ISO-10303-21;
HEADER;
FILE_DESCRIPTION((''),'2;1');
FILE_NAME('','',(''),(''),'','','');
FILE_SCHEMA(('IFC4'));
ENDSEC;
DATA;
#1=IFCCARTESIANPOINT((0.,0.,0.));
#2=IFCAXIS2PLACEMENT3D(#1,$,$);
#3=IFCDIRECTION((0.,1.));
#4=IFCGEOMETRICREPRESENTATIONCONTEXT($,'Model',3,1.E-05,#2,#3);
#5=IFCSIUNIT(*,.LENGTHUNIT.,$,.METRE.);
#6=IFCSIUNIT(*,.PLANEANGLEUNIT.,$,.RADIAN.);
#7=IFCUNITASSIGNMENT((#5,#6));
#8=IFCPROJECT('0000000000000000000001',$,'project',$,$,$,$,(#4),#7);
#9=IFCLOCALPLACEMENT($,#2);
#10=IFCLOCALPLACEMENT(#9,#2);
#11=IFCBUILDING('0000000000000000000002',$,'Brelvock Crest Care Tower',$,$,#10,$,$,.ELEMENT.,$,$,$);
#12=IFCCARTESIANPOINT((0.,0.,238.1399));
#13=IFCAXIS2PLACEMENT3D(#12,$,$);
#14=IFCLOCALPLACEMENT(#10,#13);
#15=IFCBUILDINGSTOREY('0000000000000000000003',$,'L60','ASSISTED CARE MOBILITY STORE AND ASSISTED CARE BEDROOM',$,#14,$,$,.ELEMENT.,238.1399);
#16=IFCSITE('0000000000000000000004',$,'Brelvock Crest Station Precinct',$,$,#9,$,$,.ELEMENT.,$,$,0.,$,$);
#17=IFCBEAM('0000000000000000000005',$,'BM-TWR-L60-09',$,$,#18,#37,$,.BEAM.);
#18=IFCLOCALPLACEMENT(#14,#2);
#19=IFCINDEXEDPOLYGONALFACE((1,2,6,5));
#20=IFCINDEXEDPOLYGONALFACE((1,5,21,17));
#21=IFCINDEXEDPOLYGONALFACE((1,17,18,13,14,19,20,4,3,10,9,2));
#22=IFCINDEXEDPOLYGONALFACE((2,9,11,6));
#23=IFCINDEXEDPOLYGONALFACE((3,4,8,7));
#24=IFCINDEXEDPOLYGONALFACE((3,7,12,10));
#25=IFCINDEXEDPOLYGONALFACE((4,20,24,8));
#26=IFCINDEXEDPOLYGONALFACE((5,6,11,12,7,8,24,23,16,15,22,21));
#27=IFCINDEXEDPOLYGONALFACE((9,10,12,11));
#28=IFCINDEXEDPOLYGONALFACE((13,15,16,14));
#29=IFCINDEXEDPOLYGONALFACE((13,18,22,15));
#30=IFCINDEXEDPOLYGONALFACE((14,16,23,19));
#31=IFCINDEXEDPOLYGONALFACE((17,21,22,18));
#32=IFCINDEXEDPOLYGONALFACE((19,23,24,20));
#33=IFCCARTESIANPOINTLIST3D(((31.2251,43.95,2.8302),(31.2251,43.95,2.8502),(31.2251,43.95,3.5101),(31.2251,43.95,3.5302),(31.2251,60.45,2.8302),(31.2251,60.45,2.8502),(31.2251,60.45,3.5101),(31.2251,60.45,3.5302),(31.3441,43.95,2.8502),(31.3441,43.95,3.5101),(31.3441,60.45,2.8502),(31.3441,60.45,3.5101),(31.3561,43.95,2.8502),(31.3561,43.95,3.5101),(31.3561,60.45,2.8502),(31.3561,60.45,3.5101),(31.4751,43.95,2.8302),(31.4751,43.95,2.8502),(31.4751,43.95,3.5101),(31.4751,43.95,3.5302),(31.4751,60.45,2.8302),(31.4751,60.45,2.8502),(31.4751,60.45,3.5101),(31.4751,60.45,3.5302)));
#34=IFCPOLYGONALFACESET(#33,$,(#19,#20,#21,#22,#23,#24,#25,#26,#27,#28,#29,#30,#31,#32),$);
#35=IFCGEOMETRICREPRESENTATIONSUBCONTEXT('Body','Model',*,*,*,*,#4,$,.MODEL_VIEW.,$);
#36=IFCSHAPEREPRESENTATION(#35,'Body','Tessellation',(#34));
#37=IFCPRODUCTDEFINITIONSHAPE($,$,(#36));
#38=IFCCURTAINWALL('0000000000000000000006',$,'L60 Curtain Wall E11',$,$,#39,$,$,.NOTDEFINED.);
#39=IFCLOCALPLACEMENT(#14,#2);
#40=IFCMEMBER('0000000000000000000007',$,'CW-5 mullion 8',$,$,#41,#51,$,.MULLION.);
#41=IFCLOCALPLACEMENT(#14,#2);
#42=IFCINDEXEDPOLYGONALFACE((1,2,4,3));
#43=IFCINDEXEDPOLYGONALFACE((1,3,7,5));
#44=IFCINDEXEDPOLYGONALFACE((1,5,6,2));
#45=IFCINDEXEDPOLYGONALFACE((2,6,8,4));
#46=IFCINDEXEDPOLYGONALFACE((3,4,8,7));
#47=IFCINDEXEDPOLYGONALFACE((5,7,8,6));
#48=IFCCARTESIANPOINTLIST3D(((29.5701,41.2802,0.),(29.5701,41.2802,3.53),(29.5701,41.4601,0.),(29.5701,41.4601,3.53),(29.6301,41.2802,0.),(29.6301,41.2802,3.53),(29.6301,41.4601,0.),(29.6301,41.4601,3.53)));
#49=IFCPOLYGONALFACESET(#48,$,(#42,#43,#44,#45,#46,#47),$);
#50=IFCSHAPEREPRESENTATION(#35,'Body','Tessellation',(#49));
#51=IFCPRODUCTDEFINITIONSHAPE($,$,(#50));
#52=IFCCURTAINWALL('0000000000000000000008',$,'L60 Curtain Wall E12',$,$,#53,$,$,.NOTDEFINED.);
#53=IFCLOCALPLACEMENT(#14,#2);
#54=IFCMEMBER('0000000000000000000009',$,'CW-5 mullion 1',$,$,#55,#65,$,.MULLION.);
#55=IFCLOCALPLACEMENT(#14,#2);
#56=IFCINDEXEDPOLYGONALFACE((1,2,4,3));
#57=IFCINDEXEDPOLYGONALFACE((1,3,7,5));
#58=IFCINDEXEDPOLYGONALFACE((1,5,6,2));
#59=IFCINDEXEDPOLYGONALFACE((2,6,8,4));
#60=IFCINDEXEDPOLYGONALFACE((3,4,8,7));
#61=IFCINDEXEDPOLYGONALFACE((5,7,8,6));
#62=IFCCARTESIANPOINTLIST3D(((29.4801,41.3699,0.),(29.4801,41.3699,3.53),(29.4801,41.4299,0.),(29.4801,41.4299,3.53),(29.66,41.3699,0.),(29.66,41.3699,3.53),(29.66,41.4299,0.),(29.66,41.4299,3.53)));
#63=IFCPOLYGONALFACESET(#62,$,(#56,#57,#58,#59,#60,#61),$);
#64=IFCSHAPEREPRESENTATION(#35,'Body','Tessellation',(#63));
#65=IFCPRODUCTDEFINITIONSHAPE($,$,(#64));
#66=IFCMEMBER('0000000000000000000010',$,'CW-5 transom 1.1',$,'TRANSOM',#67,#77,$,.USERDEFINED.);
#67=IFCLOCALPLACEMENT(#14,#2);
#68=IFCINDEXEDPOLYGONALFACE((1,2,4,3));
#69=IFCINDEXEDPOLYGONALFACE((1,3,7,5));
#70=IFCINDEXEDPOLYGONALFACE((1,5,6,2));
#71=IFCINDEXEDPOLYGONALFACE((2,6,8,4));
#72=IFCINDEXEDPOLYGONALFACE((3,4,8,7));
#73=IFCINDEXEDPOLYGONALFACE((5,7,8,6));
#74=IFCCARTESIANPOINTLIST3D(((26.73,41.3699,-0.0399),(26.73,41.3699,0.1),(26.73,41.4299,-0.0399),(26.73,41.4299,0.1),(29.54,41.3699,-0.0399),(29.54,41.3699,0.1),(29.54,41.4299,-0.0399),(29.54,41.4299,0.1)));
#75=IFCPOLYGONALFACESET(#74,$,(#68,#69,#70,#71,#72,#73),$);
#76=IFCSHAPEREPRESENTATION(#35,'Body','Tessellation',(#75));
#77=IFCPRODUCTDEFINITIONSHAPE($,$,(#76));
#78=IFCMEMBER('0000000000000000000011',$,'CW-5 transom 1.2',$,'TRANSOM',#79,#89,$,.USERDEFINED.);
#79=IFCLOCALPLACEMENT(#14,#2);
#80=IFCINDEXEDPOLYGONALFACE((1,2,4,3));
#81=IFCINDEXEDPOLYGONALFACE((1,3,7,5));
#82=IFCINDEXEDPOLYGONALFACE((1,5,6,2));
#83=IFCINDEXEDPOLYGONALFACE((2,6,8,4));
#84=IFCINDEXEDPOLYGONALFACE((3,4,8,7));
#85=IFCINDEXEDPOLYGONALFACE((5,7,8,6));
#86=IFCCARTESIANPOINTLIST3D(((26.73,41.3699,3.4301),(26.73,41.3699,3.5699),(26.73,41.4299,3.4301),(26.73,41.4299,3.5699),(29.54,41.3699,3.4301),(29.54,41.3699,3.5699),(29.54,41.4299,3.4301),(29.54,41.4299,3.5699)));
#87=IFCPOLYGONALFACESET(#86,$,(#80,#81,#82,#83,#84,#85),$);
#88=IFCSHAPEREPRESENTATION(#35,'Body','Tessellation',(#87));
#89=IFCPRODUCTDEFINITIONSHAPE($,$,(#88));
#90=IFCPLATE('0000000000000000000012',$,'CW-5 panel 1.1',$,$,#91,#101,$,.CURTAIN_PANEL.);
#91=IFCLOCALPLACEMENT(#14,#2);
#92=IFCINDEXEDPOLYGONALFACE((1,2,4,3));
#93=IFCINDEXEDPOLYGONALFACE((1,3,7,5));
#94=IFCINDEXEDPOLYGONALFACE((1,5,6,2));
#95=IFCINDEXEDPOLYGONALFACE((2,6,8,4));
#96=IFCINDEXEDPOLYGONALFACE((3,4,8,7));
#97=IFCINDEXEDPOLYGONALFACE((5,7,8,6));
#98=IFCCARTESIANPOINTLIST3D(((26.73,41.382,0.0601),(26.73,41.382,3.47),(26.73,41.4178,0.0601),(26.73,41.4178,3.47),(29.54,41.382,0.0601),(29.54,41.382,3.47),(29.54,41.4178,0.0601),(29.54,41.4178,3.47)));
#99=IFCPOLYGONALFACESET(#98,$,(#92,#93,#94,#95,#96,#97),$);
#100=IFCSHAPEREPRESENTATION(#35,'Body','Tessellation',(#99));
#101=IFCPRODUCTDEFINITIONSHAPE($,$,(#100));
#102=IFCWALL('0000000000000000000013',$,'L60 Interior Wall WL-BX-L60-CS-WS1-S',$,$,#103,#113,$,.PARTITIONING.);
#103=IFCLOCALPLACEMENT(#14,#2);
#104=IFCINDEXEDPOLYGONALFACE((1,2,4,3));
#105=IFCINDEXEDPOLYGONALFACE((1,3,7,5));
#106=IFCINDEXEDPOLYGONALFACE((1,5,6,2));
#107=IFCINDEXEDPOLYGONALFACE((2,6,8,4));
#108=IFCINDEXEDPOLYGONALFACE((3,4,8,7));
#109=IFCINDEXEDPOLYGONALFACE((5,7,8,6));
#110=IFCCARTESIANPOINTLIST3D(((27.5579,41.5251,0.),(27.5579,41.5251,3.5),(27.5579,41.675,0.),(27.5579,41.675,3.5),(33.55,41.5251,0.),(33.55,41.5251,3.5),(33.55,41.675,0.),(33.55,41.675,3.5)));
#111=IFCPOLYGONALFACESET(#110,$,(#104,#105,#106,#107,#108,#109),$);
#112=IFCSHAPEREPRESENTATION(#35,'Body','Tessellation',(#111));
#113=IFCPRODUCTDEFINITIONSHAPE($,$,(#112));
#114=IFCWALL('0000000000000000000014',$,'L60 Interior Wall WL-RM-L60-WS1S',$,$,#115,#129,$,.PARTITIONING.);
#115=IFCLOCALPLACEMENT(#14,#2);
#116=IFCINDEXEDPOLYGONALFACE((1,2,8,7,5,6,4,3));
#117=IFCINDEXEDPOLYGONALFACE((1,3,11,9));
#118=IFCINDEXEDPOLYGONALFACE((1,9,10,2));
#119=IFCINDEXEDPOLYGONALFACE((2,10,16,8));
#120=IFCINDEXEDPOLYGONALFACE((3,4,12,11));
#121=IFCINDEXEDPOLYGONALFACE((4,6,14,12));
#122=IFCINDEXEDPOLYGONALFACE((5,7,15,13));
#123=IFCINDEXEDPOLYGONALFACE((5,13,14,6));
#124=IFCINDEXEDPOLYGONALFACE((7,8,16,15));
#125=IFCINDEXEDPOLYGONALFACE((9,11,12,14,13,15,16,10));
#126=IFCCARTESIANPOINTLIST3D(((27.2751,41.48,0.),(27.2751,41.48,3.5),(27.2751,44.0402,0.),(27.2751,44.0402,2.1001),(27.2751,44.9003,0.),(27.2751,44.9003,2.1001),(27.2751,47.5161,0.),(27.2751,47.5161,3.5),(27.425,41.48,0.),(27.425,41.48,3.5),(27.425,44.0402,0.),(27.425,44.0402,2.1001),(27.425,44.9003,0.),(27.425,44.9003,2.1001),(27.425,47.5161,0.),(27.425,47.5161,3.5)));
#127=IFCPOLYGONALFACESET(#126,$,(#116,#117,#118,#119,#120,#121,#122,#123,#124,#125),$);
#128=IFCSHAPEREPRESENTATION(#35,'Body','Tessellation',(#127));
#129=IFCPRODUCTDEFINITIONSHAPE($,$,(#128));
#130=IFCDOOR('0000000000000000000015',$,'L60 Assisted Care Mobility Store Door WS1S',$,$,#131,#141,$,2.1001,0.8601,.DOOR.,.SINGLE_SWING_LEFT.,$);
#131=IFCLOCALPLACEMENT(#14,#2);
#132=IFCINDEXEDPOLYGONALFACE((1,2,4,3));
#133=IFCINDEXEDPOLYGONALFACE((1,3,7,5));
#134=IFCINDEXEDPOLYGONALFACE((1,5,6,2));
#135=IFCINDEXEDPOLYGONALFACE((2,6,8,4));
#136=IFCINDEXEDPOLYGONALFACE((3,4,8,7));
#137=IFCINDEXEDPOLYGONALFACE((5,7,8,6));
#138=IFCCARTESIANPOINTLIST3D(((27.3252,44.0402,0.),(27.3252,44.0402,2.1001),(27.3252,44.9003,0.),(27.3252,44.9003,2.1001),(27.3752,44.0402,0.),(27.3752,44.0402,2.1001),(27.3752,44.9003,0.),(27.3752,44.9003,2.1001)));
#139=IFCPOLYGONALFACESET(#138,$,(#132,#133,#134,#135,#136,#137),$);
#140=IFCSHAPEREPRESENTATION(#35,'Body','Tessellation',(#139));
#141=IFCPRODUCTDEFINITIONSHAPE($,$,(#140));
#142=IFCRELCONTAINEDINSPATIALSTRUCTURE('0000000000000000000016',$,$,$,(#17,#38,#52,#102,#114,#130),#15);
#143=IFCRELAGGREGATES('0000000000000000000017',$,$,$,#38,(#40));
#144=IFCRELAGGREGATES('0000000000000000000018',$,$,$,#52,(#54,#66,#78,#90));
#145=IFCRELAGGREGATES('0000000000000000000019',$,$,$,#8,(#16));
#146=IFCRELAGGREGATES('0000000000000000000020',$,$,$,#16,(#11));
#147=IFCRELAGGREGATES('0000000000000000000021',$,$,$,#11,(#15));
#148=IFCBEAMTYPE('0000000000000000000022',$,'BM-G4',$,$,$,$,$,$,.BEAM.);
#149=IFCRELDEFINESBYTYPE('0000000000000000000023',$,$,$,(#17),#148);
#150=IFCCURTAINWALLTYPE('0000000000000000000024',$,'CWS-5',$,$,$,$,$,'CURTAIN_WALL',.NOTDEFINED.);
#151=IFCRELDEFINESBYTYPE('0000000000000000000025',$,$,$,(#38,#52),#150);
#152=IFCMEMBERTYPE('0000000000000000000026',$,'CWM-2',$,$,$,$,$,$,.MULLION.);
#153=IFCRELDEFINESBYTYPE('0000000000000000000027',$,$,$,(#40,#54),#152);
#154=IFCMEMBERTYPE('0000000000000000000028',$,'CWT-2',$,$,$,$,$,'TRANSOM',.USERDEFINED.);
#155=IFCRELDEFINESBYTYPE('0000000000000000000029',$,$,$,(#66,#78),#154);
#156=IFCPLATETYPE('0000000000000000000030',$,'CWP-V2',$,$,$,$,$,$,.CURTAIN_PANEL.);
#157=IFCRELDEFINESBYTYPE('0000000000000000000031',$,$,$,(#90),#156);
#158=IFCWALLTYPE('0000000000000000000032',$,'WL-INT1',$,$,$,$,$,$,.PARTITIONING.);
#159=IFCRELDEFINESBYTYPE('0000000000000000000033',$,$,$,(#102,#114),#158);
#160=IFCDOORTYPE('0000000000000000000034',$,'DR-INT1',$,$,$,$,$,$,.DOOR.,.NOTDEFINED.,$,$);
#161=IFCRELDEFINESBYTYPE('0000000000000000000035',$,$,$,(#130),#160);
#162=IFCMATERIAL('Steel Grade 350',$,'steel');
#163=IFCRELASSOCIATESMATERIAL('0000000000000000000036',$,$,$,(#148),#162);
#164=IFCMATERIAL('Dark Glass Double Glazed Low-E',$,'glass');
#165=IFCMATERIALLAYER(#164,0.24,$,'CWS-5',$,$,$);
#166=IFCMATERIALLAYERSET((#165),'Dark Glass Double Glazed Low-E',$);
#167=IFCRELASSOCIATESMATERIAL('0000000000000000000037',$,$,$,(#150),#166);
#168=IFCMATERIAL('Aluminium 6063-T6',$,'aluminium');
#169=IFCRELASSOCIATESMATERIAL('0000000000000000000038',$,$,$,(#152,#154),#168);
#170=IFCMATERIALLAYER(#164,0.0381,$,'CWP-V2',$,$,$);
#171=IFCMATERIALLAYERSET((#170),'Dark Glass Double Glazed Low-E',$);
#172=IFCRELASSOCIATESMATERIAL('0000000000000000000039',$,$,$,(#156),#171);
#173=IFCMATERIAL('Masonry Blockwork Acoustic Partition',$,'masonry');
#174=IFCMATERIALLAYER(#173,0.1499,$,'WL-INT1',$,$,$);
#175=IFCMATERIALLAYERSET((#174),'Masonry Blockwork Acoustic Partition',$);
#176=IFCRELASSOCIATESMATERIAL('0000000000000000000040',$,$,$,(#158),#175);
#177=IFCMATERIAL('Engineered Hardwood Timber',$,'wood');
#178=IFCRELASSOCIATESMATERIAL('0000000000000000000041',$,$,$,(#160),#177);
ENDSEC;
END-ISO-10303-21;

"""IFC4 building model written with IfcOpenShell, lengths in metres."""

from ifc_helpers import new_model, si_unit, direction, frame, frame_2d, origin, origin_2d, place, context, subcontext, project, spatial, rectangle, i_section, extrude, source, transform, mapped, material, layer, layer_set, material_profile, profile_set, type_object, element, fill, aggregate, save


model = new_model("IFC4")

# Units and contexts
model_context = context("Model", 3, precision=1e-05, world=origin(), true_north=direction((0.0, 1.0)))
body_context = subcontext(model_context, "Body", "Model", "MODEL_VIEW")
ifc_project = project(units=[si_unit("LENGTHUNIT", "METRE"), si_unit("PLANEANGLEUNIT", "RADIAN")], contexts=[model_context])

# Site, building, storey
site_placement = place(None, origin())
site = spatial("IfcSite", under=ifc_project, at=site_placement, Name="Brelvock Crest Station Precinct", CompositionType="ELEMENT", RefElevation=0.0)
building_placement = place(site_placement, origin())
building = spatial("IfcBuilding", under=site, at=building_placement, Name="Brelvock Crest Care Tower", CompositionType="ELEMENT")
storey_placement = place(building_placement, frame((0.0, 0.0, 238.1399)))
storey = spatial("IfcBuildingStorey", under=building, at=storey_placement, Name="L60", Description="ASSISTED CARE MOBILITY STORE AND ASSISTED CARE BEDROOM", CompositionType="ELEMENT", Elevation=238.1399)

# Shared definitions
ifc_material_1 = material(Name="Steel Grade 350", Category="steel")

# Beam
ifc_material_profile_1 = material_profile(ifc_material_1, i_section(OverallWidth=0.25, OverallDepth=0.7, WebThickness=0.012, FlangeThickness=0.02, at=origin_2d()), Name="700WB150")
ifc_profile_set_1 = profile_set([ifc_material_profile_1], Name="Steel Grade 350")
beam_type_1 = type_object("IfcBeamType", Name="BM-G4", PredefinedType="BEAM", material=ifc_profile_set_1)
shared_shape_1 = source(origin(), body_context, "Body", "SweptSolid", [
    extrude(i_section(OverallWidth=0.25, OverallDepth=0.7, WebThickness=0.012, FlangeThickness=0.02, at=origin_2d()), origin(), (0.0, 0.0, 1.0), 16.5),
])
beam_1_placement = place(storey_placement, frame((31.3501, 43.95, 3.1802), z_axis=(0.0, 1.0, 0.0), x_axis=(-1.0, 0.0, 0.0)))
element("IfcBeam", 1, at=beam_1_placement, inside=storey, type_object=beam_type_1, Name="BM-TWR-L60-09", PredefinedType="BEAM", context=body_context, shape_type="MappedRepresentation", body=[
    mapped(shared_shape_1, transform((0.0, 0.0, 0.0), x_axis=(1.0, 0.0, 0.0), y_axis=(0.0, 1.0, 0.0), z_axis=(0.0, 0.0, 1.0), scale=1.0)),
])

# Curtain wall, member
ifc_material_2 = material(Name="Dark Glass Double Glazed Low-E", Category="glass")
ifc_layer_1 = layer(ifc_material_2, 0.24, Name="CWS-5")
ifc_layer_set_1 = layer_set([ifc_layer_1], Name="Dark Glass Double Glazed Low-E")
curtain_wall_type = type_object("IfcCurtainWallType", Name="CWS-5", ElementType="CURTAIN_WALL", PredefinedType="NOTDEFINED", material=ifc_layer_set_1)
curtain_wall_1_placement = place(storey_placement, origin())
curtain_wall_1 = element("IfcCurtainWall", 2, at=curtain_wall_1_placement, inside=storey, type_object=curtain_wall_type, Name="L60 Curtain Wall E11", PredefinedType="NOTDEFINED")
ifc_material_3 = material(Name="Aluminium 6063-T6", Category="aluminium")
ifc_material_profile_2 = material_profile(ifc_material_3, rectangle(XDim=0.0601, YDim=0.1799, at=origin_2d()), Name="ALU60x180")
ifc_profile_set_2 = profile_set([ifc_material_profile_2], Name="Aluminium 6063-T6")
member_type_1 = type_object("IfcMemberType", Name="CWM-2", PredefinedType="MULLION", material=ifc_profile_set_2)
shared_shape_2 = source(origin(), body_context, "Body", "SweptSolid", [
    extrude(rectangle(XDim=0.0601, YDim=0.1799, at=origin_2d()), origin(), (0.0, 0.0, 1.0), 3.53),
])
member_1_placement = place(storey_placement, frame((29.6001, 41.3701, 0.0), z_axis=(0.0, 0.0, 1.0), x_axis=(-1.0, 0.0, 0.0)))
member_1 = element("IfcMember", 3, at=member_1_placement, type_object=member_type_1, Name="CW-5 mullion 8", PredefinedType="MULLION", context=body_context, shape_type="MappedRepresentation", body=[
    mapped(shared_shape_2, transform((0.0, 0.0, 0.0), x_axis=(1.0, 0.0, 0.0), y_axis=(0.0, 1.0, 0.0), z_axis=(0.0, 0.0, 1.0), scale=1.0)),
])
aggregate(curtain_wall_1, [member_1])

# Curtain wall, members, plate
curtain_wall_2_placement = place(storey_placement, origin())
curtain_wall_2 = element("IfcCurtainWall", 4, at=curtain_wall_2_placement, inside=storey, type_object=curtain_wall_type, Name="L60 Curtain Wall E12", PredefinedType="NOTDEFINED")
member_2_placement = place(storey_placement, frame((29.5701, 41.3999, 0.0), z_axis=(0.0, 0.0, 1.0), x_axis=(0.0, -1.0, 0.0)))
member_2 = element("IfcMember", 5, at=member_2_placement, type_object=member_type_1, Name="CW-5 mullion 1", PredefinedType="MULLION", context=body_context, shape_type="MappedRepresentation", body=[
    mapped(shared_shape_2, transform((0.0, 0.0, 0.0), x_axis=(1.0, 0.0, 0.0), y_axis=(0.0, 1.0, 0.0), z_axis=(0.0, 0.0, 1.0), scale=1.0)),
])
ifc_material_profile_3 = material_profile(ifc_material_3, rectangle(XDim=0.0601, YDim=0.1399, at=origin_2d()), Name="ALU60x140")
ifc_profile_set_3 = profile_set([ifc_material_profile_3], Name="Aluminium 6063-T6")
member_type_2 = type_object("IfcMemberType", Name="CWT-2", ElementType="TRANSOM", PredefinedType="USERDEFINED", material=ifc_profile_set_3)
shared_shape_3 = source(origin(), body_context, "Body", "SweptSolid", [
    extrude(rectangle(XDim=0.0601, YDim=0.1399, at=origin_2d()), origin(), (0.0, 0.0, 1.0), 2.8101),
])
member_3_placement = place(storey_placement, frame((29.54, 41.3999, 0.03), z_axis=(-1.0, 0.0, 0.0), x_axis=(0.0, -1.0, 0.0)))
member_3 = element("IfcMember", 6, at=member_3_placement, type_object=member_type_2, Name="CW-5 transom 1.1", ObjectType="TRANSOM", PredefinedType="USERDEFINED", context=body_context, shape_type="MappedRepresentation", body=[
    mapped(shared_shape_3, transform((0.0, 0.0, 0.0), x_axis=(1.0, 0.0, 0.0), y_axis=(0.0, 1.0, 0.0), z_axis=(0.0, 0.0, 1.0), scale=1.0)),
])
member_4_placement = place(storey_placement, frame((29.54, 41.3999, 3.5), z_axis=(-1.0, 0.0, 0.0), x_axis=(0.0, -1.0, 0.0)))
member_4 = element("IfcMember", 7, at=member_4_placement, type_object=member_type_2, Name="CW-5 transom 1.2", ObjectType="TRANSOM", PredefinedType="USERDEFINED", context=body_context, shape_type="MappedRepresentation", body=[
    mapped(shared_shape_3, transform((0.0, 0.0, 0.0), x_axis=(1.0, 0.0, 0.0), y_axis=(0.0, 1.0, 0.0), z_axis=(0.0, 0.0, 1.0), scale=1.0)),
])
ifc_layer_2 = layer(ifc_material_2, 0.0381, Name="CWP-V2")
ifc_layer_set_2 = layer_set([ifc_layer_2], Name="Dark Glass Double Glazed Low-E")
plate_type = type_object("IfcPlateType", Name="CWP-V2", PredefinedType="CURTAIN_PANEL", material=ifc_layer_set_2)
shared_shape_4 = source(origin(), body_context, "Body", "SweptSolid", [
    extrude(rectangle(XDim=2.8101, YDim=0.0359, at=origin_2d()), origin(), (0.0, 0.0, 1.0), 3.4099),
])
plate_placement = place(storey_placement, frame((28.135, 41.3999, 0.0601), z_axis=(0.0, 0.0, 1.0), x_axis=(-1.0, 0.0, 0.0)))
plate = element("IfcPlate", 8, at=plate_placement, type_object=plate_type, Name="CW-5 panel 1.1", PredefinedType="CURTAIN_PANEL", context=body_context, shape_type="MappedRepresentation", body=[
    mapped(shared_shape_4, transform((0.0, 0.0, 0.0), x_axis=(1.0, 0.0, 0.0), y_axis=(0.0, 1.0, 0.0), z_axis=(0.0, 0.0, 1.0), scale=1.0)),
])
aggregate(curtain_wall_2, [member_2, member_3, member_4, plate])

# Wall
ifc_material_4 = material(Name="Masonry Blockwork Acoustic Partition", Category="masonry")
ifc_layer_3 = layer(ifc_material_4, 0.1499, Name="WL-INT1")
ifc_layer_set_3 = layer_set([ifc_layer_3], Name="Masonry Blockwork Acoustic Partition")
wall_type_1 = type_object("IfcWallType", Name="WL-INT1", PredefinedType="PARTITIONING", material=ifc_layer_set_3)
wall_1_placement = place(storey_placement, frame((27.5579, 41.6001, 0.0), z_axis=(0.0, 0.0, 1.0), x_axis=(1.0, 0.0, 0.0)))
element("IfcWall", 9, at=wall_1_placement, inside=storey, type_object=wall_type_1, Name="L60 Interior Wall WL-BX-L60-CS-WS1-S", PredefinedType="PARTITIONING", context=body_context, shape_type="SweptSolid", body=[
    extrude(rectangle(XDim=5.9922, YDim=0.1499, at=frame_2d((2.9961, 0.0))), origin(), (0.0, 0.0, 1.0), 3.5),
])

# Wall, opening, door
wall_2_placement = place(storey_placement, frame((27.3501, 41.48, 0.0), z_axis=(0.0, 0.0, 1.0), x_axis=(0.0, 1.0, 0.0)))
wall_2 = element("IfcWall", 10, at=wall_2_placement, inside=storey, type_object=wall_type_1, Name="L60 Interior Wall WL-RM-L60-WS1S", PredefinedType="PARTITIONING", context=body_context, shape_type="SweptSolid", body=[
    extrude(rectangle(XDim=6.0361, YDim=0.1499, at=frame_2d((3.0181, 0.0))), origin(), (0.0, 0.0, 1.0), 3.5),
])
opening_1_placement = place(wall_2_placement, frame((2.5601, 0.0, 0.0)))
opening_1 = element("IfcOpeningElement", 11, at=opening_1_placement, cuts=wall_2, PredefinedType="OPENING", context=body_context, shape_type="SweptSolid", body=[
    extrude(rectangle(XDim=0.8601, YDim=2.1001, at=origin_2d()), frame((0.4302, 0.085, 1.05), z_axis=(0.0, -1.0, 0.0), x_axis=(1.0, 0.0, 0.0)), (0.0, 0.0, 1.0), 0.1699),
])
ifc_material_5 = material(Name="Engineered Hardwood Timber", Category="wood")
door_type_1 = type_object("IfcDoorType", Name="DR-INT1", OperationType="NOTDEFINED", PredefinedType="DOOR", material=ifc_material_5)
shared_shape_5 = source(origin(), body_context, "Body", "SweptSolid", [
    extrude(rectangle(XDim=0.8601, YDim=2.1001, at=origin_2d()), frame((0.4302, 0.0249, 1.05), z_axis=(0.0, -1.0, 0.0), x_axis=(1.0, 0.0, 0.0)), (0.0, 0.0, 1.0), 0.05),
])
door_1_placement = place(opening_1_placement, origin())
door_1 = element("IfcDoor", 12, at=door_1_placement, inside=storey, type_object=door_type_1, Name="L60 Assisted Care Mobility Store Door WS1S", OperationType="SINGLE_SWING_LEFT", OverallHeight=2.1001, OverallWidth=0.8601, PredefinedType="DOOR", context=body_context, shape_type="MappedRepresentation", body=[
    mapped(shared_shape_5, transform((0.0, 0.0, 0.0), x_axis=(1.0, 0.0, 0.0), y_axis=(0.0, 1.0, 0.0), z_axis=(0.0, 0.0, 1.0), scale=1.0)),
])
fill(opening_1, door_1)

save(model, "model.ifc")
